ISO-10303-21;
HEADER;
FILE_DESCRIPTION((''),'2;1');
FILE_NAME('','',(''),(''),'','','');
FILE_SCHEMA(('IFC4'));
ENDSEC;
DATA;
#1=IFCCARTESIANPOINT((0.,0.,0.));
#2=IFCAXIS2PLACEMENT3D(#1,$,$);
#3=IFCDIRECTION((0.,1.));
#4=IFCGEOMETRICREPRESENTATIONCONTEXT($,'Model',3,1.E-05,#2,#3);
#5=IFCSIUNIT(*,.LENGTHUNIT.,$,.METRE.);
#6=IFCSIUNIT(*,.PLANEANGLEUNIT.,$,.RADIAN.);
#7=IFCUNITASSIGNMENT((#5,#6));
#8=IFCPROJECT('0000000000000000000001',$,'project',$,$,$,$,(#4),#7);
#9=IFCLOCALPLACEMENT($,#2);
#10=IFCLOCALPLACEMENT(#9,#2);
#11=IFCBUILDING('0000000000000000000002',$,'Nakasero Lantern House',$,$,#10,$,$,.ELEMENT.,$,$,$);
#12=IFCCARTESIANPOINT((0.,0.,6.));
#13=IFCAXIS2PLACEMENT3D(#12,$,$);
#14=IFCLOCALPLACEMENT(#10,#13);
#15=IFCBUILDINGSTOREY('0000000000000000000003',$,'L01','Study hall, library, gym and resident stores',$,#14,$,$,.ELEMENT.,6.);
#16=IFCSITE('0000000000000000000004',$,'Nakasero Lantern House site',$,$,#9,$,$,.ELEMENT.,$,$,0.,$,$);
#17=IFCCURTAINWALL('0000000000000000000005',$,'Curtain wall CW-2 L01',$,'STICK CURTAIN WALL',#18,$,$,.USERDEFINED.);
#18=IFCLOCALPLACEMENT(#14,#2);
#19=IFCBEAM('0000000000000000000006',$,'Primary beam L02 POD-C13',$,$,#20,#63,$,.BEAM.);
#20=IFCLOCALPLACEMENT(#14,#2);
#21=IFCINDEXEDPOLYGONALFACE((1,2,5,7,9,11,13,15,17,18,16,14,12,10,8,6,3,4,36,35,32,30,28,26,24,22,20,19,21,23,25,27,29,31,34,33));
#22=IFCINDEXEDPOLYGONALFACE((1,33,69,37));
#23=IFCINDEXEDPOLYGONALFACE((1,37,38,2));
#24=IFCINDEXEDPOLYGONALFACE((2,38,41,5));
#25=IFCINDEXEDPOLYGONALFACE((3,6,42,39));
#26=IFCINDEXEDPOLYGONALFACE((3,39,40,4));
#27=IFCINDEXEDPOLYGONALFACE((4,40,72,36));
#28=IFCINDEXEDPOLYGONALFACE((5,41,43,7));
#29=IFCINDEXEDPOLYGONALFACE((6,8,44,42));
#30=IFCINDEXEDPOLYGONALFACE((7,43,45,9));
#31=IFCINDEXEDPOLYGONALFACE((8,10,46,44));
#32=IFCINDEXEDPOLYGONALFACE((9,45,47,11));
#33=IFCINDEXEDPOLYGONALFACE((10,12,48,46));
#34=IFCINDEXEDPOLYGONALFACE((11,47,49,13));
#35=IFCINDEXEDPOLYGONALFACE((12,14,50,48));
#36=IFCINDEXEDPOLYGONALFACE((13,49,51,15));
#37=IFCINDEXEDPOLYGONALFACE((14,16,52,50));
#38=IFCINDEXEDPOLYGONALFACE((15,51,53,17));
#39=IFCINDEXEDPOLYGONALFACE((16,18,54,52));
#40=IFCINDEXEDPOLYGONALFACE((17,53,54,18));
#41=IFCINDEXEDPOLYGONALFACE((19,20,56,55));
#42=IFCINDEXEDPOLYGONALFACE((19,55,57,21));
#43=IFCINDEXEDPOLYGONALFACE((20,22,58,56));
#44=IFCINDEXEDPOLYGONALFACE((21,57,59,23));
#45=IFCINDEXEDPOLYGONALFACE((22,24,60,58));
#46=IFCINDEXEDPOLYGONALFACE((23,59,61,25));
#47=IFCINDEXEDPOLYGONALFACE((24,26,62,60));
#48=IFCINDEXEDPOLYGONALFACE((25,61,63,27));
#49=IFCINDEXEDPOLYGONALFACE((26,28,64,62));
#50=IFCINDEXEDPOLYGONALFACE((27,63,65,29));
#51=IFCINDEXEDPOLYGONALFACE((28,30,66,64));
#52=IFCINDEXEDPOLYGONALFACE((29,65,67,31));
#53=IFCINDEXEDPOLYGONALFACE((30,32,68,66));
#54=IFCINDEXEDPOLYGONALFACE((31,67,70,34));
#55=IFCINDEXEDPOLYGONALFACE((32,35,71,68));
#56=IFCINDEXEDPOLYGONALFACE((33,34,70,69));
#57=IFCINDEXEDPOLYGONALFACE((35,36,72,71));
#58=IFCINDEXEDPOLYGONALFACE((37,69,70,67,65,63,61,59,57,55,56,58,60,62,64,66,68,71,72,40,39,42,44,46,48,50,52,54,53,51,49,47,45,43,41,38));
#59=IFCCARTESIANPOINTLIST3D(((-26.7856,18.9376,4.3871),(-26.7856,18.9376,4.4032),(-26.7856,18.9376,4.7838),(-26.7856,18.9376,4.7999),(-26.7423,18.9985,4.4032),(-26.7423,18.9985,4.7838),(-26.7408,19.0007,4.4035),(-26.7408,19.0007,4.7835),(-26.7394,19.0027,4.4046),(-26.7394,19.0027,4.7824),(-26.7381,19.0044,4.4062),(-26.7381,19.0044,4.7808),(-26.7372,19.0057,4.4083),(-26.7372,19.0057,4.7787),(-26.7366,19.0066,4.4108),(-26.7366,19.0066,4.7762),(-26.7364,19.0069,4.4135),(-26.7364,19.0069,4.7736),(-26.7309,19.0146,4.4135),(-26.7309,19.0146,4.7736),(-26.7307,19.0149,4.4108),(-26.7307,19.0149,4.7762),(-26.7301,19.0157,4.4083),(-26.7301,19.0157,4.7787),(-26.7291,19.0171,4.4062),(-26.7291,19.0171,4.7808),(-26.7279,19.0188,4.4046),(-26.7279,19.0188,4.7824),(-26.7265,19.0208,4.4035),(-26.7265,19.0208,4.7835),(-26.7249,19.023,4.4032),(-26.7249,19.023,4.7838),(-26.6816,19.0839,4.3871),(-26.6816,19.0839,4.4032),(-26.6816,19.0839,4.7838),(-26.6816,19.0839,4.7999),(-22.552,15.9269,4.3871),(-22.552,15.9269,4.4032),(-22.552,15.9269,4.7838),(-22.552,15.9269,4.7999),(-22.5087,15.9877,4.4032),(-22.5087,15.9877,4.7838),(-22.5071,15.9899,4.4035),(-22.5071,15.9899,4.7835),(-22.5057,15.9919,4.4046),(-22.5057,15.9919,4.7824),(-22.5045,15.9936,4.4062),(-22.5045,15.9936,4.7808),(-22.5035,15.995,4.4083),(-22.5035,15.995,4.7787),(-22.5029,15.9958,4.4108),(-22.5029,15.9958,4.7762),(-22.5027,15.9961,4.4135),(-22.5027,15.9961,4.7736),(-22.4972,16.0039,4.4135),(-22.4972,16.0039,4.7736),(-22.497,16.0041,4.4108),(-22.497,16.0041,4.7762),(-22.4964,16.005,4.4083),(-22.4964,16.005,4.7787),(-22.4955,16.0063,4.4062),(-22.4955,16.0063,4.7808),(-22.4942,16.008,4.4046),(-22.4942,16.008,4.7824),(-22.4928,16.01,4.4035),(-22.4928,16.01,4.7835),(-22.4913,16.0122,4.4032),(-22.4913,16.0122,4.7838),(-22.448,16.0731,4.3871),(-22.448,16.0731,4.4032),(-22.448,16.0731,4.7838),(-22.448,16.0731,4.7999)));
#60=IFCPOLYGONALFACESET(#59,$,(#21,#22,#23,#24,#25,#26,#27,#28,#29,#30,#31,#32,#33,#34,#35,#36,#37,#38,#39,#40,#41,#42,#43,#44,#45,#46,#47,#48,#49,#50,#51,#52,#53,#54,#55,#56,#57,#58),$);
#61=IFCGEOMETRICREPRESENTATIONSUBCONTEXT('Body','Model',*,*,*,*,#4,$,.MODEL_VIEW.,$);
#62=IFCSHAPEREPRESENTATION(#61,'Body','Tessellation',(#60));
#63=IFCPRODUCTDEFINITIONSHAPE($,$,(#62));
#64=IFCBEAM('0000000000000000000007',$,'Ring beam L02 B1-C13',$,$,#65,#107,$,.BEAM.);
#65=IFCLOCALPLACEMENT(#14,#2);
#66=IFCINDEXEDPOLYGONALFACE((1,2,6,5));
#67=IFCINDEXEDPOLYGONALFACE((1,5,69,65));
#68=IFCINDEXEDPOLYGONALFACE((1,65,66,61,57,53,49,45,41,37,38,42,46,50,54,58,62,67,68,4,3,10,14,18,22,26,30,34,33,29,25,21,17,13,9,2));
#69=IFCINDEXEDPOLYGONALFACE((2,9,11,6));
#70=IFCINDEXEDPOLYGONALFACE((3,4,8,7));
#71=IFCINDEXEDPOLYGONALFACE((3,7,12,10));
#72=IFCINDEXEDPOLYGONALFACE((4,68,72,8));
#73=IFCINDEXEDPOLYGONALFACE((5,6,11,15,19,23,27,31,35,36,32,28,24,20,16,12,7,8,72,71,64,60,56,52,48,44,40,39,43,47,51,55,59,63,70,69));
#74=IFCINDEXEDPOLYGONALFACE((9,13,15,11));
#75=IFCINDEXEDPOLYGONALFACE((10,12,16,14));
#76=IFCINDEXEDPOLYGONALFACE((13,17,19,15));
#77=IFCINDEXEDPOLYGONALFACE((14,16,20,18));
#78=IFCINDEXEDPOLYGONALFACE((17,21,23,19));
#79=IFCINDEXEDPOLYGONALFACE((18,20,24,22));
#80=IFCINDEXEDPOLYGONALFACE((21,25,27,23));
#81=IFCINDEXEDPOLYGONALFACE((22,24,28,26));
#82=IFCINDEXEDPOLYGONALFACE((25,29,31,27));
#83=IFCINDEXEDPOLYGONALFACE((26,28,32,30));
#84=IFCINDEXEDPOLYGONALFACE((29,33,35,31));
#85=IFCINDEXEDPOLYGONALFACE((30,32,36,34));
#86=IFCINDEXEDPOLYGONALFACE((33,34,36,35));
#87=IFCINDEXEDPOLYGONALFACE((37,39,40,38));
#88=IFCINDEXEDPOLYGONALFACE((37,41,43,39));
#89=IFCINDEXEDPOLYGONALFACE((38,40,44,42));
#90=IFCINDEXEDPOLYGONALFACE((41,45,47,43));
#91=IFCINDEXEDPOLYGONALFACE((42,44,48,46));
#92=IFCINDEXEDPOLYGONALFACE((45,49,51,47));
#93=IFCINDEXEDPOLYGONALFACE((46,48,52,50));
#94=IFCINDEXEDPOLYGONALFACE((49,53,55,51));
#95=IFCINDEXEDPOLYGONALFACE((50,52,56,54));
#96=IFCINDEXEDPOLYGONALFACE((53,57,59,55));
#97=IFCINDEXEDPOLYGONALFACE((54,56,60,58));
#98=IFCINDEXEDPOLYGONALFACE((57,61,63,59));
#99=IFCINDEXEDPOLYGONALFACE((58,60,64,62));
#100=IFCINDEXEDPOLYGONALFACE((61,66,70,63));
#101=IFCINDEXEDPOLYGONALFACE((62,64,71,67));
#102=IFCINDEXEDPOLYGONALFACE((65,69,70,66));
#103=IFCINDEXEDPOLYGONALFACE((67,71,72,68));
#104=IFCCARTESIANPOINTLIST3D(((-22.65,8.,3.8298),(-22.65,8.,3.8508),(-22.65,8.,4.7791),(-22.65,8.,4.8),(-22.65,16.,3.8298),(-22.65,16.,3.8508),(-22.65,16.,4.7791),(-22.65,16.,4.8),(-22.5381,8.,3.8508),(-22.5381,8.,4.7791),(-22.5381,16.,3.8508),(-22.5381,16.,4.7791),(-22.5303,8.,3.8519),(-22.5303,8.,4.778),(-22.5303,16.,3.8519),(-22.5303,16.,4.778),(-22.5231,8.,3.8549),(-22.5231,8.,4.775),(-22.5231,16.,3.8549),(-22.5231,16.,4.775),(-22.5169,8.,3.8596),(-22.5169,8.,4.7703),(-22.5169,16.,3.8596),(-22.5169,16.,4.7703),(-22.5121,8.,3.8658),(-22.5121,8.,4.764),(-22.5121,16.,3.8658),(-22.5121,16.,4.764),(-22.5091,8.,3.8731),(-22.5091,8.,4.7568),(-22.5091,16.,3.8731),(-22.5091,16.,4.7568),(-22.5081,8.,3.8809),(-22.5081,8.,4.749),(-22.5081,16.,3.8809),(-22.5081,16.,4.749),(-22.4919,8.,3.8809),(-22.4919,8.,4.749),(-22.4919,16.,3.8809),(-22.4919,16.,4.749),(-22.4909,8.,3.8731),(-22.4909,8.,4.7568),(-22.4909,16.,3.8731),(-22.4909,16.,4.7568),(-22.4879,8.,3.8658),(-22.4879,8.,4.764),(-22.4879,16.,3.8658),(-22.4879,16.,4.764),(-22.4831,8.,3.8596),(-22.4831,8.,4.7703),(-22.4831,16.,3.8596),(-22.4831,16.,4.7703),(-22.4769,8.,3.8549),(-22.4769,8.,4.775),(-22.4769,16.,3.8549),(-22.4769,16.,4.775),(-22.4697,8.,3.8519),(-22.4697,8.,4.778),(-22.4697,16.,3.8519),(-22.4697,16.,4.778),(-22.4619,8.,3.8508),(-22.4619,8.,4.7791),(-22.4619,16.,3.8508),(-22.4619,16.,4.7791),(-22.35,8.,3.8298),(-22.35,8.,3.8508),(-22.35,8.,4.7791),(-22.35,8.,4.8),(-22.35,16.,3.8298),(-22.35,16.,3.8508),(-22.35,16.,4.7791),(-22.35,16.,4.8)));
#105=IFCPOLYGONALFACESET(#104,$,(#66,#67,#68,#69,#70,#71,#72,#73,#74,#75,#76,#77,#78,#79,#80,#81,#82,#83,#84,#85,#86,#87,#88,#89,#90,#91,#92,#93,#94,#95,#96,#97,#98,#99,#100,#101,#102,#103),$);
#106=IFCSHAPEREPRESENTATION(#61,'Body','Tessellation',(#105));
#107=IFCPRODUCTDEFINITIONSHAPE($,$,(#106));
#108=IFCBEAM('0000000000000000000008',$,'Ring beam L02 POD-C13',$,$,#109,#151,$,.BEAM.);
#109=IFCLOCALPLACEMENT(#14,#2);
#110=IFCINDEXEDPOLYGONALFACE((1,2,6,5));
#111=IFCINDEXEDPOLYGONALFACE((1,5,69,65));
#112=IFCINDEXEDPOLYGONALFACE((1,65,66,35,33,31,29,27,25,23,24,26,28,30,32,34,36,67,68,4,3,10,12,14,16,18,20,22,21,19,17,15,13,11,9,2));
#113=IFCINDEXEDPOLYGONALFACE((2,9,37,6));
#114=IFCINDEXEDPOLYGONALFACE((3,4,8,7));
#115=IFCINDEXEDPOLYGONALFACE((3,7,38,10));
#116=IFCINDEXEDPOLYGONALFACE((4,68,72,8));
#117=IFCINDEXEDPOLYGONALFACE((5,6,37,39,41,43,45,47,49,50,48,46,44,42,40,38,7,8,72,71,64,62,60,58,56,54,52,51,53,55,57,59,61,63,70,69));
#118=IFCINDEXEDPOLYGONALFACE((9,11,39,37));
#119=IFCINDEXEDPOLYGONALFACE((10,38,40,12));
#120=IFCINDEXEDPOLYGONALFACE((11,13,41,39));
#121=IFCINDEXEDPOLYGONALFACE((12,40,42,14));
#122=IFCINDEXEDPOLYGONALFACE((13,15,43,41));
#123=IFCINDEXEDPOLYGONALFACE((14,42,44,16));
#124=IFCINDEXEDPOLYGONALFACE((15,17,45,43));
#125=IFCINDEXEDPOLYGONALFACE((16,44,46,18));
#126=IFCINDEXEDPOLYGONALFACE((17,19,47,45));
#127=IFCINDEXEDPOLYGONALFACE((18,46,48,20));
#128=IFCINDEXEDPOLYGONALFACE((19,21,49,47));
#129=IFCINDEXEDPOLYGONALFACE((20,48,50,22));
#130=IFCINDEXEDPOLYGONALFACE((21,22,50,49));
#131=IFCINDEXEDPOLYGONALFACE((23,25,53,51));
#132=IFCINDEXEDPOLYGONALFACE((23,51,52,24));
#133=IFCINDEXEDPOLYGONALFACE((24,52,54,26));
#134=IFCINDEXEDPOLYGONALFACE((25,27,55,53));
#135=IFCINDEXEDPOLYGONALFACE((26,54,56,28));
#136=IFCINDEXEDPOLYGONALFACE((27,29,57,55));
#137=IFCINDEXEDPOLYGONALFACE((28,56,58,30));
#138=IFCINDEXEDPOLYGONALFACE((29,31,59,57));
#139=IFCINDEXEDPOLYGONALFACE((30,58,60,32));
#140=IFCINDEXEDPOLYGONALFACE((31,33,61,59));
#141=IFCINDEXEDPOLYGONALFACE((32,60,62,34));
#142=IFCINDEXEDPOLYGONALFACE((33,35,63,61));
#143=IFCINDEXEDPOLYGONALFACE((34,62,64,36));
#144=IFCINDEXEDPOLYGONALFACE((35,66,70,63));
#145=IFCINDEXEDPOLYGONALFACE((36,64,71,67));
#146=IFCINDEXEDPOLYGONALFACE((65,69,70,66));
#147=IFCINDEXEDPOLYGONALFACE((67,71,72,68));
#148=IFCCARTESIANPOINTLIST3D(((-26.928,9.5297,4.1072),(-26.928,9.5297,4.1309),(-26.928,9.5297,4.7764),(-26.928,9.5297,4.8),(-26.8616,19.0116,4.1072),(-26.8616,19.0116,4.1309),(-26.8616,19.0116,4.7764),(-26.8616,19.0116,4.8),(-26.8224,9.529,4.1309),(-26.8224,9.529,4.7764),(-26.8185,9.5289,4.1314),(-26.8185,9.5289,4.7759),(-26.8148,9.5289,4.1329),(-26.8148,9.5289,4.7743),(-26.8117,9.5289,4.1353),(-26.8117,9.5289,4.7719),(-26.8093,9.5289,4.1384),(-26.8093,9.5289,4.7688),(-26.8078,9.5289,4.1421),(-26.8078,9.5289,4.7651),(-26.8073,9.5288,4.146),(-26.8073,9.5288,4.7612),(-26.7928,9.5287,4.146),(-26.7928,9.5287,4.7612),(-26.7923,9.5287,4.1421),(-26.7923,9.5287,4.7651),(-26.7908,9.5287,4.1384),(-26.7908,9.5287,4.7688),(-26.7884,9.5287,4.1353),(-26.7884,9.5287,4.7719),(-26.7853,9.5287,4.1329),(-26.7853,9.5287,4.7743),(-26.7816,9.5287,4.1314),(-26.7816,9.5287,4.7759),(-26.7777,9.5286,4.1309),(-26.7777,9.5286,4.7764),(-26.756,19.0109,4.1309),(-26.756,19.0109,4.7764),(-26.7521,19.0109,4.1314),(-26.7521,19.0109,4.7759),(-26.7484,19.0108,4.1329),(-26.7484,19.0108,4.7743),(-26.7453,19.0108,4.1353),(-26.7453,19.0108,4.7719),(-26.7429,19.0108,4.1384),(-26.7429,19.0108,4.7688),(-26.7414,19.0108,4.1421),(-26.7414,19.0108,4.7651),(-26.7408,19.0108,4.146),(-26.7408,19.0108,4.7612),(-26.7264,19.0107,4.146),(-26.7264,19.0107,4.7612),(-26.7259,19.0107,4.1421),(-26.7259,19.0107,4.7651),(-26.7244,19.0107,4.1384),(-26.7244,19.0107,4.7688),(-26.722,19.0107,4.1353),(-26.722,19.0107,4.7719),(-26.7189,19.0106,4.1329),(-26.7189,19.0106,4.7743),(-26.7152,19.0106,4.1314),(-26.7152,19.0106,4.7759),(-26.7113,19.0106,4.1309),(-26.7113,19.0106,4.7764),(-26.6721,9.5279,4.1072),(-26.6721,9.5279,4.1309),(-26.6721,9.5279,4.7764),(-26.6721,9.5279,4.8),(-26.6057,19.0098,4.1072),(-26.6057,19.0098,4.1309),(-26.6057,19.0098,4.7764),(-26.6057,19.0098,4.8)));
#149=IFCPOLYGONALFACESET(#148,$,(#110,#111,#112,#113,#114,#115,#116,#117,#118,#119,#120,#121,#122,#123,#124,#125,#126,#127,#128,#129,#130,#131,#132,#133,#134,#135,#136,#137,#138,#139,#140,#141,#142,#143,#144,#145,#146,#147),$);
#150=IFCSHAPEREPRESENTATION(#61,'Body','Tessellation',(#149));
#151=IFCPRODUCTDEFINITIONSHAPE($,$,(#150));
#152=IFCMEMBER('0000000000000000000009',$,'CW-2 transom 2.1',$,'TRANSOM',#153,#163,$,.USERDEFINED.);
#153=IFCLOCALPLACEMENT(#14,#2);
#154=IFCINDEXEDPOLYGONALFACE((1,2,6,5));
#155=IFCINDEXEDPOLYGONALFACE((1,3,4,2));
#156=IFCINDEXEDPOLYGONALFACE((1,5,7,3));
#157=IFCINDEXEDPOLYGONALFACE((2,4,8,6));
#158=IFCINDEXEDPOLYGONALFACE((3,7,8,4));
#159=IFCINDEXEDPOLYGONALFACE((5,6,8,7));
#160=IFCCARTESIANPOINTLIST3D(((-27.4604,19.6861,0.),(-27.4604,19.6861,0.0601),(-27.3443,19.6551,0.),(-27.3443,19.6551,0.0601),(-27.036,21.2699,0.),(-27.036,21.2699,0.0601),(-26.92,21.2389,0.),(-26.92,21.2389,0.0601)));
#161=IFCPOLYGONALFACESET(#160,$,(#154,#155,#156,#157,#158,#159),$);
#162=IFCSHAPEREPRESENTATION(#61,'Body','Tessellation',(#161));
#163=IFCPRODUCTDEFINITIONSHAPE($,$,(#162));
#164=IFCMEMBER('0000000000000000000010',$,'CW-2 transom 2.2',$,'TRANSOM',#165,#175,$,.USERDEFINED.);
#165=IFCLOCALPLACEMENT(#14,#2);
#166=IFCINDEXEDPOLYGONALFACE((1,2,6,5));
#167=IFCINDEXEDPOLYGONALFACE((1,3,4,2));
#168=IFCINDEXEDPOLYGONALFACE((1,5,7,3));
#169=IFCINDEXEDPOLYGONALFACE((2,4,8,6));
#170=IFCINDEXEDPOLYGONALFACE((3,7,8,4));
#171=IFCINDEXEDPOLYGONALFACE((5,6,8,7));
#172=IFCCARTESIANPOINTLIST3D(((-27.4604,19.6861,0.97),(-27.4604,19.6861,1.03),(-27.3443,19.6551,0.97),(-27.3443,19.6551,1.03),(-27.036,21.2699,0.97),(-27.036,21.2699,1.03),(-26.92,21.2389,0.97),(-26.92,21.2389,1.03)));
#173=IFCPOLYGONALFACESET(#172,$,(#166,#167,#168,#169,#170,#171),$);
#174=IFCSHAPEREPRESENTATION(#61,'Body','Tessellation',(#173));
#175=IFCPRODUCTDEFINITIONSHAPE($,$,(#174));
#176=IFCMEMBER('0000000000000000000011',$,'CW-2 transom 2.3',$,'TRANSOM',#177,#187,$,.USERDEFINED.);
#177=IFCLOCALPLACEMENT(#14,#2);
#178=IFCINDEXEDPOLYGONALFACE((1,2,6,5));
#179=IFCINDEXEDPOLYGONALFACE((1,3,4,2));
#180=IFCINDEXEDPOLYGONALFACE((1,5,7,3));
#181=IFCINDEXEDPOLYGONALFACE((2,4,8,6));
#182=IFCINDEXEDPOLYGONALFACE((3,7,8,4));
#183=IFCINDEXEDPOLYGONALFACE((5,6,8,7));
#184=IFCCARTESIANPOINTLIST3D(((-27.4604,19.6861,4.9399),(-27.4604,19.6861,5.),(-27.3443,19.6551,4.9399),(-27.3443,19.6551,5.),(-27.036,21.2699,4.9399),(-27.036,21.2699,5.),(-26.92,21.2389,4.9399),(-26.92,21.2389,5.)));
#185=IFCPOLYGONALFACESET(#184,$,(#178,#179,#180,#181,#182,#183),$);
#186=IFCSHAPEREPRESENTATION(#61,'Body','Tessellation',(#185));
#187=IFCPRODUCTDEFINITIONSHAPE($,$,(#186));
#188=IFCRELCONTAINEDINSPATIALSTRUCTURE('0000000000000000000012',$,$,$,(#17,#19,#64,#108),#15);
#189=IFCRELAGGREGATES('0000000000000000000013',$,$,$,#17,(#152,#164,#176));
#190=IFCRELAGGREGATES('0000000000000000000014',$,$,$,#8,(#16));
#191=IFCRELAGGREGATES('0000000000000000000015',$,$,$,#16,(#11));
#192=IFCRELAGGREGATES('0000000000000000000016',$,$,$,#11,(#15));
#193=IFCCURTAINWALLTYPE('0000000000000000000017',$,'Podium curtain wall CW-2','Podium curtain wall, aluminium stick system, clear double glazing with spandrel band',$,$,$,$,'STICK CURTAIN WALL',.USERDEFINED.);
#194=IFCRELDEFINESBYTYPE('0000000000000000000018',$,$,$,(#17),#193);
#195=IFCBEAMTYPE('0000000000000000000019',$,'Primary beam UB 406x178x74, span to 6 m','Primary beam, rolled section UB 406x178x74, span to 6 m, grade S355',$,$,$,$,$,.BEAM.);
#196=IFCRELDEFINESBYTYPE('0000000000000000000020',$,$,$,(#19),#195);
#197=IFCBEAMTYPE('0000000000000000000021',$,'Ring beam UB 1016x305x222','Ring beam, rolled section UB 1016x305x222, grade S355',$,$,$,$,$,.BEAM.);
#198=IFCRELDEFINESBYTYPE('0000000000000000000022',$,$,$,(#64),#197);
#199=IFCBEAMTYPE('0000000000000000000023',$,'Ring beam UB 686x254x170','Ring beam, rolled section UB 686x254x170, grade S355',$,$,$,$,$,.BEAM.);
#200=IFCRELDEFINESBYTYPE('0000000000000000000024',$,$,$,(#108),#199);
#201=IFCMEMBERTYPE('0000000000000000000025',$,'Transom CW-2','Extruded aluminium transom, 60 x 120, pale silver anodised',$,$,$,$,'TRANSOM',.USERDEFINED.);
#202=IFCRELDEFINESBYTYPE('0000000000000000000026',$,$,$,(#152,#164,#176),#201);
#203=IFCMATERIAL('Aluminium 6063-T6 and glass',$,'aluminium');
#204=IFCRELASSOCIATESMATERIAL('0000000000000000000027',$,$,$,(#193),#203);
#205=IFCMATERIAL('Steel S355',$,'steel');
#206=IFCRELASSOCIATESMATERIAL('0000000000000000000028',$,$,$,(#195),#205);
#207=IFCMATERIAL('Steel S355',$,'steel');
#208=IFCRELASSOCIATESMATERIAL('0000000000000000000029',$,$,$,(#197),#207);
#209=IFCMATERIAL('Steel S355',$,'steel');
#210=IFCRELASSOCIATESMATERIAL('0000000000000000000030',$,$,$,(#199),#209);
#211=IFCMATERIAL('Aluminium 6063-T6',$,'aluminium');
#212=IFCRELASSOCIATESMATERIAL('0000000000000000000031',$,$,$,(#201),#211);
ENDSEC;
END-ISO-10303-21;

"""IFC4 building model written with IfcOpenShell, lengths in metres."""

from ifc_helpers import new_model, si_unit, direction, frame, origin, origin_2d, place, context, subcontext, project, spatial, rectangle, i_section, extrude, material, material_profile, profile_set, type_object, element, aggregate, save


model = new_model("IFC4")

# Units and contexts
model_context = context("Model", 3, precision=1e-05, world=origin(), true_north=direction((0.0, 1.0)))
body_context = subcontext(model_context, "Body", "Model", "MODEL_VIEW")
ifc_project = project(units=[si_unit("LENGTHUNIT", "METRE"), si_unit("PLANEANGLEUNIT", "RADIAN")], contexts=[model_context])

# Site, building, storey
site_placement = place(None, origin())
site = spatial("IfcSite", under=ifc_project, at=site_placement, Name="Nakasero Lantern House site", CompositionType="ELEMENT", RefElevation=0.0)
building_placement = place(site_placement, origin())
building = spatial("IfcBuilding", under=site, at=building_placement, Name="Nakasero Lantern House", CompositionType="ELEMENT")
storey_placement = place(building_placement, frame((0.0, 0.0, 6.0)))
storey = spatial("IfcBuildingStorey", under=building, at=storey_placement, Name="L01", Description="Study hall, library, gym and resident stores", CompositionType="ELEMENT", Elevation=6.0)

# Curtain wall
ifc_material_1 = material(Name="Aluminium 6063-T6 and glass", Category="aluminium")
curtain_wall_type = type_object("IfcCurtainWallType", Name="Podium curtain wall CW-2", Description="Podium curtain wall, aluminium stick system, clear double glazing with spandrel band", ElementType="STICK CURTAIN WALL", PredefinedType="USERDEFINED", material=ifc_material_1)
curtain_wall_1_placement = place(storey_placement, origin())
curtain_wall_1 = element("IfcCurtainWall", 1, at=curtain_wall_1_placement, inside=storey, type_object=curtain_wall_type, Name="Curtain wall CW-2 L01", ObjectType="STICK CURTAIN WALL", PredefinedType="USERDEFINED")

# Beams
ifc_material_2 = material(Name="Steel S355", Category="steel")
ifc_material_profile_1 = material_profile(ifc_material_2, i_section(OverallWidth=0.1794, OverallDepth=0.4128, WebThickness=0.0095, FlangeThickness=0.0161, FilletRadius=0.0103, at=origin_2d()), Name="UB 406x178x74")
ifc_profile_set_1 = profile_set([ifc_material_profile_1], Name="Steel S355")
beam_type_1 = type_object("IfcBeamType", Name="Primary beam UB 406x178x74, span to 6 m", Description="Primary beam, rolled section UB 406x178x74, span to 6 m, grade S355", PredefinedType="BEAM", material=ifc_profile_set_1)
beam_1_placement = place(storey_placement, frame((-26.7336, 19.0107, 4.5935), z_axis=(0.814942, -0.579543, 0.0), x_axis=(0.579543, 0.814942, 0.0)))
element("IfcBeam", 2, at=beam_1_placement, inside=storey, type_object=beam_type_1, Name="Primary beam L02 POD-C13", PredefinedType="BEAM", context=body_context, shape_type="SweptSolid", body=[
    extrude(i_section(OverallWidth=0.1794, OverallDepth=0.4128, WebThickness=0.0095, FlangeThickness=0.0161, FilletRadius=0.0103, at=origin_2d()), origin(), (0.0, 0.0, 1.0), 5.1951),
])
ifc_material_3 = material(Name="Steel S355", Category="steel")
ifc_material_profile_2 = material_profile(ifc_material_3, i_section(OverallWidth=0.3, OverallDepth=0.9702, WebThickness=0.0161, FlangeThickness=0.021, FilletRadius=0.03, at=origin_2d()), Name="UB 1016x305x222")
ifc_profile_set_2 = profile_set([ifc_material_profile_2], Name="Steel S355")
beam_type_2 = type_object("IfcBeamType", Name="Ring beam UB 1016x305x222", Description="Ring beam, rolled section UB 1016x305x222, grade S355", PredefinedType="BEAM", material=ifc_profile_set_2)
beam_2_placement = place(storey_placement, frame((-22.5, 16.0, 4.3149), z_axis=(0.0, -1.0, 0.0), x_axis=(1.0, 0.0, 0.0)))
element("IfcBeam", 3, at=beam_2_placement, inside=storey, type_object=beam_type_2, Name="Ring beam L02 B1-C13", PredefinedType="BEAM", context=body_context, shape_type="SweptSolid", body=[
    extrude(i_section(OverallWidth=0.3, OverallDepth=0.9702, WebThickness=0.0161, FlangeThickness=0.021, FilletRadius=0.03, at=origin_2d()), origin(), (0.0, 0.0, 1.0), 8.0),
])
ifc_material_4 = material(Name="Steel S355", Category="steel")
ifc_material_profile_3 = material_profile(ifc_material_4, i_section(OverallWidth=0.2559, OverallDepth=0.6929, WebThickness=0.0144, FlangeThickness=0.0237, FilletRadius=0.0151, at=origin_2d()), Name="UB 686x254x170")
ifc_profile_set_3 = profile_set([ifc_material_profile_3], Name="Steel S355")
beam_type_3 = type_object("IfcBeamType", Name="Ring beam UB 686x254x170", Description="Ring beam, rolled section UB 686x254x170, grade S355", PredefinedType="BEAM", material=ifc_profile_set_3)
beam_3_placement = place(storey_placement, frame((-26.7336, 19.0107, 4.4536), z_axis=(-0.007003, -0.999975, 0.0), x_axis=(0.999975, -0.007003, 0.0)))
element("IfcBeam", 4, at=beam_3_placement, inside=storey, type_object=beam_type_3, Name="Ring beam L02 POD-C13", PredefinedType="BEAM", context=body_context, shape_type="SweptSolid", body=[
    extrude(i_section(OverallWidth=0.2559, OverallDepth=0.6929, WebThickness=0.0144, FlangeThickness=0.0237, FilletRadius=0.0151, at=origin_2d()), origin(), (0.0, 0.0, 1.0), 9.4822),
])

# Members
ifc_material_5 = material(Name="Aluminium 6063-T6", Category="aluminium")
ifc_material_profile_4 = material_profile(ifc_material_5, rectangle(XDim=0.0601, YDim=0.1201, at=origin_2d()), Name="CW-2 transom 60x120")
ifc_profile_set_4 = profile_set([ifc_material_profile_4], Name="Aluminium 6063-T6")
member_type_1 = type_object("IfcMemberType", Name="Transom CW-2", Description="Extruded aluminium transom, 60 x 120, pale silver anodised", ElementType="TRANSOM", PredefinedType="USERDEFINED", material=ifc_profile_set_4)
member_1_placement = place(storey_placement, frame((-26.978, 21.2544, 0.03), z_axis=(-0.258793, -0.965933, 0.0), x_axis=(0.0, 0.0, 1.0)))
member_1 = element("IfcMember", 5, at=member_1_placement, type_object=member_type_1, Name="CW-2 transom 2.1", ObjectType="TRANSOM", PredefinedType="USERDEFINED", context=body_context, shape_type="SweptSolid", body=[
    extrude(rectangle(XDim=0.0601, YDim=0.1201, at=origin_2d()), origin(), (0.0, 0.0, 1.0), 1.6396),
])
member_2_placement = place(storey_placement, frame((-26.978, 21.2544, 1.0), z_axis=(-0.258793, -0.965933, 0.0), x_axis=(0.0, 0.0, 1.0)))
member_2 = element("IfcMember", 6, at=member_2_placement, type_object=member_type_1, Name="CW-2 transom 2.2", ObjectType="TRANSOM", PredefinedType="USERDEFINED", context=body_context, shape_type="SweptSolid", body=[
    extrude(rectangle(XDim=0.0601, YDim=0.1201, at=origin_2d()), origin(), (0.0, 0.0, 1.0), 1.6396),
])
member_3_placement = place(storey_placement, frame((-26.978, 21.2544, 4.97), z_axis=(-0.258793, -0.965933, 0.0), x_axis=(0.0, 0.0, 1.0)))
member_3 = element("IfcMember", 7, at=member_3_placement, type_object=member_type_1, Name="CW-2 transom 2.3", ObjectType="TRANSOM", PredefinedType="USERDEFINED", context=body_context, shape_type="SweptSolid", body=[
    extrude(rectangle(XDim=0.0601, YDim=0.1201, at=origin_2d()), origin(), (0.0, 0.0, 1.0), 1.6396),
])

aggregate(curtain_wall_1, [member_1, member_2, member_3])

save(model, "model.ifc")
